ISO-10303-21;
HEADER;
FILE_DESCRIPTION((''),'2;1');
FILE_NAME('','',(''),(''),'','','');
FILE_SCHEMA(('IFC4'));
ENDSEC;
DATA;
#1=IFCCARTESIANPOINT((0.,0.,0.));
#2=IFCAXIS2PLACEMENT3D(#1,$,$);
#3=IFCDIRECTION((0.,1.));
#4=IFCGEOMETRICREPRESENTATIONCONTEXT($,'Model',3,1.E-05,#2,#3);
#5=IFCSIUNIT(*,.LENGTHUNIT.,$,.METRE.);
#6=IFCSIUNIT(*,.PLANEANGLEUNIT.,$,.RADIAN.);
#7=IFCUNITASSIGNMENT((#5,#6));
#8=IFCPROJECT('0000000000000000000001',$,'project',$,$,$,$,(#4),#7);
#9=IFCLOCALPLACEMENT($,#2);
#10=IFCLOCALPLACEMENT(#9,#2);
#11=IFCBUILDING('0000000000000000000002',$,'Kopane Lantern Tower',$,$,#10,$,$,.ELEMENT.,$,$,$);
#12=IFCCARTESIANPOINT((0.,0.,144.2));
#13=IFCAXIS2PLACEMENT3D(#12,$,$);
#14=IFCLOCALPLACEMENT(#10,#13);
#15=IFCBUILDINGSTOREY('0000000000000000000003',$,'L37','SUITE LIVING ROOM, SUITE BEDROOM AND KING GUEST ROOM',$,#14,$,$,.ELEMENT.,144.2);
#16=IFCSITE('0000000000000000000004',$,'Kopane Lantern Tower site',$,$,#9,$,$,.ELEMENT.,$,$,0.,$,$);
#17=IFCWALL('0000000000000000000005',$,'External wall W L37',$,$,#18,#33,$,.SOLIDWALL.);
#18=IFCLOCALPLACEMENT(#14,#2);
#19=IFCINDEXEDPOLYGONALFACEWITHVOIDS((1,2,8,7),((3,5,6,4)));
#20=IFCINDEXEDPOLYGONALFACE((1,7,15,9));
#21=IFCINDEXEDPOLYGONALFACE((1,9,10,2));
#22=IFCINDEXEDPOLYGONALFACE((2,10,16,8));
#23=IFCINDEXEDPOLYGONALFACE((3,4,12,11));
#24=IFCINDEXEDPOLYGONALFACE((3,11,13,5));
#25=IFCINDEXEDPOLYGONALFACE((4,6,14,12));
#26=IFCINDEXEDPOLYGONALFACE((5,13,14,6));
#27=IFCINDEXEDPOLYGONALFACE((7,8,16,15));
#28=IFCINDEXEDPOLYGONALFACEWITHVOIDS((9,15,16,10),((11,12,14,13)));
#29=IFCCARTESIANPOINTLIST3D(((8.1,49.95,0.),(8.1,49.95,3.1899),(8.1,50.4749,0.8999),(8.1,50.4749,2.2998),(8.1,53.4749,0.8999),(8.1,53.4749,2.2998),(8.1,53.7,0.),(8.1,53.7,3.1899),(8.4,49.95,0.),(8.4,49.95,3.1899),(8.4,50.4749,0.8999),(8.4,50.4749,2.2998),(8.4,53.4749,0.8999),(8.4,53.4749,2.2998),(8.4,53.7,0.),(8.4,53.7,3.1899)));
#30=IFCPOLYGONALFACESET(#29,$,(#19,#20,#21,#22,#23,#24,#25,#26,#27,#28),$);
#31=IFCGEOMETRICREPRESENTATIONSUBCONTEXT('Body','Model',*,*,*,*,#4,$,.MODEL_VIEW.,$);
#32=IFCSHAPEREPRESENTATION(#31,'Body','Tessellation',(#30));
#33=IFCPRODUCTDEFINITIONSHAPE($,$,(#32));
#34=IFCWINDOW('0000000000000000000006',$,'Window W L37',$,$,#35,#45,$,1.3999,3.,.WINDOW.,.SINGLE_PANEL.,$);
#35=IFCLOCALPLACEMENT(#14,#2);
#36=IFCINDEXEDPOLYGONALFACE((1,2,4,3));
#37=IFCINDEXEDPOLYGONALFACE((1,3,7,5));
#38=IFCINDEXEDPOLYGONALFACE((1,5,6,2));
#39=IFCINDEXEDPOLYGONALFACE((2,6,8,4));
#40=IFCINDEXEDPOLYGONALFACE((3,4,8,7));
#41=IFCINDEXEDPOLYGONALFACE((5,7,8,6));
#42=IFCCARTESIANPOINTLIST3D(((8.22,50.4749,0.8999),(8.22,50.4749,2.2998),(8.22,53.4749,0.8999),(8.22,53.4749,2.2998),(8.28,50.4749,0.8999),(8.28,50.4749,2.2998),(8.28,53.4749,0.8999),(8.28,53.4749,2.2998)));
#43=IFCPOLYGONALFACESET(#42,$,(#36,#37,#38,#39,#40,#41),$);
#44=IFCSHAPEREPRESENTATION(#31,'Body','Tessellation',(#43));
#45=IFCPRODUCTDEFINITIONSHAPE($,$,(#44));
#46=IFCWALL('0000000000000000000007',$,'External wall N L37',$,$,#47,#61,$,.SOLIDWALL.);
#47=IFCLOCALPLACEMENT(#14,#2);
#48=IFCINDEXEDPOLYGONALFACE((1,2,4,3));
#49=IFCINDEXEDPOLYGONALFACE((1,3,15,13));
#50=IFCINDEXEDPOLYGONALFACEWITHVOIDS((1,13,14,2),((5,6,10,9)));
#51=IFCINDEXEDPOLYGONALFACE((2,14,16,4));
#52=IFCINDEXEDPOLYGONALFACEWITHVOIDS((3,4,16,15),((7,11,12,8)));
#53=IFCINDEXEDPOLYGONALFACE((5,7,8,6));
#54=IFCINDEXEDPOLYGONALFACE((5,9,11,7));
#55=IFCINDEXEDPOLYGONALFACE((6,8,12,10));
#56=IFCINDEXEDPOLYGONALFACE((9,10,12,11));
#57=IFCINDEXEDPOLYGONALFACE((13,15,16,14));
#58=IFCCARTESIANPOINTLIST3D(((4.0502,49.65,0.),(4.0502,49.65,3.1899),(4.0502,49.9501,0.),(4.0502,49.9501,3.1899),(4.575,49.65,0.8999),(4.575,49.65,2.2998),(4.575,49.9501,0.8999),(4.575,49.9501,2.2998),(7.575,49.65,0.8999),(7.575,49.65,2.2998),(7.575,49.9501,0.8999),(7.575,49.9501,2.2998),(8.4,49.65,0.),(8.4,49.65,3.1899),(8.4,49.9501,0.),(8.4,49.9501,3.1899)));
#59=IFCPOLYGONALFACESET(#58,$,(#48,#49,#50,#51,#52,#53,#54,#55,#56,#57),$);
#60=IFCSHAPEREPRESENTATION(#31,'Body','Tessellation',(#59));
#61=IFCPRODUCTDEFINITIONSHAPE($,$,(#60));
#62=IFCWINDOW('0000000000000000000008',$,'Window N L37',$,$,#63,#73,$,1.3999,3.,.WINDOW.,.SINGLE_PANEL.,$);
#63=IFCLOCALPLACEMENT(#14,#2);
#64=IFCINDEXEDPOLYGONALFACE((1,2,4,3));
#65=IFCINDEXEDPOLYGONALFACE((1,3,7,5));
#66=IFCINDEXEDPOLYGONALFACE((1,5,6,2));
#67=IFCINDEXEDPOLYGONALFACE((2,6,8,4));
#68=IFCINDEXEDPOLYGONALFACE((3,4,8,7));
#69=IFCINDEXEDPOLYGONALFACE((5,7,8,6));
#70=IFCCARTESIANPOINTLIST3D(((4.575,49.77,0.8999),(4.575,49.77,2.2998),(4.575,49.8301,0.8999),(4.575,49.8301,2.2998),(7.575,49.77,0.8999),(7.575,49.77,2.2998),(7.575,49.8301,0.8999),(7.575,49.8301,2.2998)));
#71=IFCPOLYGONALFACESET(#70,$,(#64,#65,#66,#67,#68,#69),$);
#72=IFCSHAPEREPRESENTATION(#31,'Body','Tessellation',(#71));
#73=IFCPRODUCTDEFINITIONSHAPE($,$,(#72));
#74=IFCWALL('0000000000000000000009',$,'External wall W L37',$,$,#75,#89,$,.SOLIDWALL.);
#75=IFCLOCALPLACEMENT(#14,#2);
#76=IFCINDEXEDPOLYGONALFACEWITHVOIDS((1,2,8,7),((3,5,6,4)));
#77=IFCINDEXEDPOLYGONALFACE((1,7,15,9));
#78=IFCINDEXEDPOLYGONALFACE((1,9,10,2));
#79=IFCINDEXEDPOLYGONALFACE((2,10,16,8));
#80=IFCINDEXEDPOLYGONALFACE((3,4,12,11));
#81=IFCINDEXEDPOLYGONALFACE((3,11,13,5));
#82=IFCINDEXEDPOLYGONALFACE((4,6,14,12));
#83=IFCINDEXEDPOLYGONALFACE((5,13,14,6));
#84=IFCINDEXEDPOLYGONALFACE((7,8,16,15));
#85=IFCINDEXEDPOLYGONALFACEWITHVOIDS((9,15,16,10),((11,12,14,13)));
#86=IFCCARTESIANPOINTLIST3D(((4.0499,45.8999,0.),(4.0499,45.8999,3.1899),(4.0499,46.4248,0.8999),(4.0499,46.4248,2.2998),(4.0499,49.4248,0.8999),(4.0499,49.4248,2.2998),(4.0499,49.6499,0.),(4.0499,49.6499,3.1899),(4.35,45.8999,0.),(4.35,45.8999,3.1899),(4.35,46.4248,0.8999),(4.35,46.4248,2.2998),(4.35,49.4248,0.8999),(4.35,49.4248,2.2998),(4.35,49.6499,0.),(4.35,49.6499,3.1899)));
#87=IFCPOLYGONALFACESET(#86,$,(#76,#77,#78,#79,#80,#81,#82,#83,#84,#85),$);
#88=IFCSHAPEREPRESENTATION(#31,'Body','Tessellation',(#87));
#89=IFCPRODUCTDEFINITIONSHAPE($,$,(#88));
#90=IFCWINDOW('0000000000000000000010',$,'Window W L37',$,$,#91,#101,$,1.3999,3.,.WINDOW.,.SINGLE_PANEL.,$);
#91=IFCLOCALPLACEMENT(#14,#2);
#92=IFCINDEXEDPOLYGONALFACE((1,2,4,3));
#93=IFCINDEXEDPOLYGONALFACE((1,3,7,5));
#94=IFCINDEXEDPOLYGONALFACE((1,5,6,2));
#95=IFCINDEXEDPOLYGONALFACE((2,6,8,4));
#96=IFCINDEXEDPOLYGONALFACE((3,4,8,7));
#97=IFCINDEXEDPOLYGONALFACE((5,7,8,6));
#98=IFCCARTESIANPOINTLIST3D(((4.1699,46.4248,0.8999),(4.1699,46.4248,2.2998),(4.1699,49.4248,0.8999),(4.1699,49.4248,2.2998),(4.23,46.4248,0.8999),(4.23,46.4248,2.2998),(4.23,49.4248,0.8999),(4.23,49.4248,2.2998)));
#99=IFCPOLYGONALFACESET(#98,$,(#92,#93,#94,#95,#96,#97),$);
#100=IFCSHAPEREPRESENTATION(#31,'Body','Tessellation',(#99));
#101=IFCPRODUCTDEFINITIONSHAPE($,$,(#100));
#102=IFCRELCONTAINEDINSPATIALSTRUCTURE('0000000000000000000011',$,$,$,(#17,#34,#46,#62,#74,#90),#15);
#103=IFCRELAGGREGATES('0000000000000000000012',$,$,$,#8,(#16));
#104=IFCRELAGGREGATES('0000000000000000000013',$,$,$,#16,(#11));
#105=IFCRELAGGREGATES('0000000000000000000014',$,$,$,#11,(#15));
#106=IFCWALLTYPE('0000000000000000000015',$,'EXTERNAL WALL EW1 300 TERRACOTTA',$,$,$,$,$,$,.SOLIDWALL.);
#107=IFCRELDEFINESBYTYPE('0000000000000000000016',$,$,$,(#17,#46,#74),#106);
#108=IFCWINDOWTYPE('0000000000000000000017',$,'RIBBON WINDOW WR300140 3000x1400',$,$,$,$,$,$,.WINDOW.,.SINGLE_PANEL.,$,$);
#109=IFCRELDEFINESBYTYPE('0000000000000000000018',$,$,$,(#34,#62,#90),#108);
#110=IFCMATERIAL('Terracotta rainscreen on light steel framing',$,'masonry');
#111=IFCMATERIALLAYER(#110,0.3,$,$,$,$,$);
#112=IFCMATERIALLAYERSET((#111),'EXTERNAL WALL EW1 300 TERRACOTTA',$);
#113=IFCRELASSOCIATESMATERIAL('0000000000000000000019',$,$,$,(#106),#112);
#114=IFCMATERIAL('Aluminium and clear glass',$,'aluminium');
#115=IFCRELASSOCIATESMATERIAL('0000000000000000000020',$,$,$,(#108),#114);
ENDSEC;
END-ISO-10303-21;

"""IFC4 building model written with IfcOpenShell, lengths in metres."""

from ifc_helpers import new_model, si_unit, direction, frame, frame_2d, origin, place, context, subcontext, project, spatial, rectangle, extrude, material, layer, layer_set, type_object, element, fill, save


model = new_model("IFC4")

# Units and contexts
model_context = context("Model", 3, precision=1e-05, world=origin(), true_north=direction((0.0, 1.0)))
body_context = subcontext(model_context, "Body", "Model", "MODEL_VIEW")
ifc_project = project(units=[si_unit("LENGTHUNIT", "METRE"), si_unit("PLANEANGLEUNIT", "RADIAN")], contexts=[model_context])

# Site, building, storey
site_placement = place(None, origin())
site = spatial("IfcSite", under=ifc_project, at=site_placement, Name="Kopane Lantern Tower site", CompositionType="ELEMENT", RefElevation=0.0)
building_placement = place(site_placement, origin())
building = spatial("IfcBuilding", under=site, at=building_placement, Name="Kopane Lantern Tower", CompositionType="ELEMENT")
storey_placement = place(building_placement, frame((0.0, 0.0, 144.2)))
storey = spatial("IfcBuildingStorey", under=building, at=storey_placement, Name="L37", Description="SUITE LIVING ROOM, SUITE BEDROOM AND KING GUEST ROOM", CompositionType="ELEMENT", Elevation=144.2)

# Walls, openings, windows
ifc_material_1 = material(Name="Terracotta rainscreen on light steel framing", Category="masonry")
ifc_layer_1 = layer(ifc_material_1, 0.3)
ifc_layer_set_1 = layer_set([ifc_layer_1], Name="EXTERNAL WALL EW1 300 TERRACOTTA")
wall_type_1 = type_object("IfcWallType", Name="EXTERNAL WALL EW1 300 TERRACOTTA", PredefinedType="SOLIDWALL", material=ifc_layer_set_1)
wall_1_placement = place(storey_placement, frame((8.25, 53.7, 0.0), z_axis=(0.0, 0.0, 1.0), x_axis=(0.0, -1.0, 0.0)))
wall_1 = element("IfcWall", 1, at=wall_1_placement, inside=storey, type_object=wall_type_1, Name="External wall W L37", PredefinedType="SOLIDWALL", context=body_context, shape_type="SweptSolid", body=[
    extrude(rectangle(XDim=3.75, YDim=0.3, at=frame_2d((1.875, 0.0))), origin(), (0.0, 0.0, 1.0), 3.1899),
])
opening_1_placement = place(wall_1_placement, frame((0.2251, 0.0, 0.8999)))
opening_1 = element("IfcOpeningElement", 2, at=opening_1_placement, cuts=wall_1, PredefinedType="OPENING", context=body_context, shape_type="SweptSolid", body=[
    extrude(rectangle(XDim=3.0, YDim=1.3999, at=frame_2d((1.5, 0.7))), frame((0.0, 0.1599, 0.0), z_axis=(0.0, -1.0, 0.0), x_axis=(1.0, 0.0, 0.0)), (0.0, 0.0, 1.0), 0.3201),
])
ifc_material_2 = material(Name="Aluminium and clear glass", Category="aluminium")
window_type = type_object("IfcWindowType", Name="RIBBON WINDOW WR300140 3000x1400", PartitioningType="SINGLE_PANEL", PredefinedType="WINDOW", material=ifc_material_2)
window_1_placement = place(opening_1_placement, origin())
window_1 = element("IfcWindow", 3, at=window_1_placement, inside=storey, type_object=window_type, Name="Window W L37", OverallHeight=1.3999, OverallWidth=3.0, PartitioningType="SINGLE_PANEL", PredefinedType="WINDOW", context=body_context, shape_type="SweptSolid", body=[
    extrude(rectangle(XDim=3.0, YDim=1.3999, at=frame_2d((1.5, 0.7))), frame((0.0, 0.03, 0.0), z_axis=(0.0, -1.0, 0.0), x_axis=(1.0, 0.0, 0.0)), (0.0, 0.0, 1.0), 0.0601),
])
fill(opening_1, window_1)
wall_2_placement = place(storey_placement, frame((8.3999, 49.8, 0.0), z_axis=(0.0, 0.0, 1.0), x_axis=(-1.0, 0.0, 0.0)))
wall_2 = element("IfcWall", 4, at=wall_2_placement, inside=storey, type_object=wall_type_1, Name="External wall N L37", PredefinedType="SOLIDWALL", context=body_context, shape_type="SweptSolid", body=[
    extrude(rectangle(XDim=4.3499, YDim=0.3, at=frame_2d((2.1748, 0.0))), origin(), (0.0, 0.0, 1.0), 3.1899),
])
opening_2_placement = place(wall_2_placement, frame((0.825, 0.0, 0.8999)))
opening_2 = element("IfcOpeningElement", 5, at=opening_2_placement, cuts=wall_2, PredefinedType="OPENING", context=body_context, shape_type="SweptSolid", body=[
    extrude(rectangle(XDim=3.0, YDim=1.3999, at=frame_2d((1.5, 0.7))), frame((0.0, 0.1599, 0.0), z_axis=(0.0, -1.0, 0.0), x_axis=(1.0, 0.0, 0.0)), (0.0, 0.0, 1.0), 0.3201),
])
window_2_placement = place(opening_2_placement, origin())
window_2 = element("IfcWindow", 6, at=window_2_placement, inside=storey, type_object=window_type, Name="Window N L37", OverallHeight=1.3999, OverallWidth=3.0, PartitioningType="SINGLE_PANEL", PredefinedType="WINDOW", context=body_context, shape_type="SweptSolid", body=[
    extrude(rectangle(XDim=3.0, YDim=1.3999, at=frame_2d((1.5, 0.7))), frame((0.0, 0.03, 0.0), z_axis=(0.0, -1.0, 0.0), x_axis=(1.0, 0.0, 0.0)), (0.0, 0.0, 1.0), 0.0601),
])
fill(opening_2, window_2)
wall_3_placement = place(storey_placement, frame((4.2, 49.6499, 0.0), z_axis=(0.0, 0.0, 1.0), x_axis=(0.0, -1.0, 0.0)))
wall_3 = element("IfcWall", 7, at=wall_3_placement, inside=storey, type_object=wall_type_1, Name="External wall W L37", PredefinedType="SOLIDWALL", context=body_context, shape_type="SweptSolid", body=[
    extrude(rectangle(XDim=3.75, YDim=0.3, at=frame_2d((1.875, 0.0))), origin(), (0.0, 0.0, 1.0), 3.1899),
])
opening_3_placement = place(wall_3_placement, frame((0.2251, 0.0, 0.8999)))
opening_3 = element("IfcOpeningElement", 8, at=opening_3_placement, cuts=wall_3, PredefinedType="OPENING", context=body_context, shape_type="SweptSolid", body=[
    extrude(rectangle(XDim=3.0, YDim=1.3999, at=frame_2d((1.5, 0.7))), frame((0.0, 0.1599, 0.0), z_axis=(0.0, -1.0, 0.0), x_axis=(1.0, 0.0, 0.0)), (0.0, 0.0, 1.0), 0.3201),
])
window_3_placement = place(opening_3_placement, origin())
window_3 = element("IfcWindow", 9, at=window_3_placement, inside=storey, type_object=window_type, Name="Window W L37", OverallHeight=1.3999, OverallWidth=3.0, PartitioningType="SINGLE_PANEL", PredefinedType="WINDOW", context=body_context, shape_type="SweptSolid", body=[
    extrude(rectangle(XDim=3.0, YDim=1.3999, at=frame_2d((1.5, 0.7))), frame((0.0, 0.03, 0.0), z_axis=(0.0, -1.0, 0.0), x_axis=(1.0, 0.0, 0.0)), (0.0, 0.0, 1.0), 0.0601),
])
fill(opening_3, window_3)

save(model, "model.ifc")
